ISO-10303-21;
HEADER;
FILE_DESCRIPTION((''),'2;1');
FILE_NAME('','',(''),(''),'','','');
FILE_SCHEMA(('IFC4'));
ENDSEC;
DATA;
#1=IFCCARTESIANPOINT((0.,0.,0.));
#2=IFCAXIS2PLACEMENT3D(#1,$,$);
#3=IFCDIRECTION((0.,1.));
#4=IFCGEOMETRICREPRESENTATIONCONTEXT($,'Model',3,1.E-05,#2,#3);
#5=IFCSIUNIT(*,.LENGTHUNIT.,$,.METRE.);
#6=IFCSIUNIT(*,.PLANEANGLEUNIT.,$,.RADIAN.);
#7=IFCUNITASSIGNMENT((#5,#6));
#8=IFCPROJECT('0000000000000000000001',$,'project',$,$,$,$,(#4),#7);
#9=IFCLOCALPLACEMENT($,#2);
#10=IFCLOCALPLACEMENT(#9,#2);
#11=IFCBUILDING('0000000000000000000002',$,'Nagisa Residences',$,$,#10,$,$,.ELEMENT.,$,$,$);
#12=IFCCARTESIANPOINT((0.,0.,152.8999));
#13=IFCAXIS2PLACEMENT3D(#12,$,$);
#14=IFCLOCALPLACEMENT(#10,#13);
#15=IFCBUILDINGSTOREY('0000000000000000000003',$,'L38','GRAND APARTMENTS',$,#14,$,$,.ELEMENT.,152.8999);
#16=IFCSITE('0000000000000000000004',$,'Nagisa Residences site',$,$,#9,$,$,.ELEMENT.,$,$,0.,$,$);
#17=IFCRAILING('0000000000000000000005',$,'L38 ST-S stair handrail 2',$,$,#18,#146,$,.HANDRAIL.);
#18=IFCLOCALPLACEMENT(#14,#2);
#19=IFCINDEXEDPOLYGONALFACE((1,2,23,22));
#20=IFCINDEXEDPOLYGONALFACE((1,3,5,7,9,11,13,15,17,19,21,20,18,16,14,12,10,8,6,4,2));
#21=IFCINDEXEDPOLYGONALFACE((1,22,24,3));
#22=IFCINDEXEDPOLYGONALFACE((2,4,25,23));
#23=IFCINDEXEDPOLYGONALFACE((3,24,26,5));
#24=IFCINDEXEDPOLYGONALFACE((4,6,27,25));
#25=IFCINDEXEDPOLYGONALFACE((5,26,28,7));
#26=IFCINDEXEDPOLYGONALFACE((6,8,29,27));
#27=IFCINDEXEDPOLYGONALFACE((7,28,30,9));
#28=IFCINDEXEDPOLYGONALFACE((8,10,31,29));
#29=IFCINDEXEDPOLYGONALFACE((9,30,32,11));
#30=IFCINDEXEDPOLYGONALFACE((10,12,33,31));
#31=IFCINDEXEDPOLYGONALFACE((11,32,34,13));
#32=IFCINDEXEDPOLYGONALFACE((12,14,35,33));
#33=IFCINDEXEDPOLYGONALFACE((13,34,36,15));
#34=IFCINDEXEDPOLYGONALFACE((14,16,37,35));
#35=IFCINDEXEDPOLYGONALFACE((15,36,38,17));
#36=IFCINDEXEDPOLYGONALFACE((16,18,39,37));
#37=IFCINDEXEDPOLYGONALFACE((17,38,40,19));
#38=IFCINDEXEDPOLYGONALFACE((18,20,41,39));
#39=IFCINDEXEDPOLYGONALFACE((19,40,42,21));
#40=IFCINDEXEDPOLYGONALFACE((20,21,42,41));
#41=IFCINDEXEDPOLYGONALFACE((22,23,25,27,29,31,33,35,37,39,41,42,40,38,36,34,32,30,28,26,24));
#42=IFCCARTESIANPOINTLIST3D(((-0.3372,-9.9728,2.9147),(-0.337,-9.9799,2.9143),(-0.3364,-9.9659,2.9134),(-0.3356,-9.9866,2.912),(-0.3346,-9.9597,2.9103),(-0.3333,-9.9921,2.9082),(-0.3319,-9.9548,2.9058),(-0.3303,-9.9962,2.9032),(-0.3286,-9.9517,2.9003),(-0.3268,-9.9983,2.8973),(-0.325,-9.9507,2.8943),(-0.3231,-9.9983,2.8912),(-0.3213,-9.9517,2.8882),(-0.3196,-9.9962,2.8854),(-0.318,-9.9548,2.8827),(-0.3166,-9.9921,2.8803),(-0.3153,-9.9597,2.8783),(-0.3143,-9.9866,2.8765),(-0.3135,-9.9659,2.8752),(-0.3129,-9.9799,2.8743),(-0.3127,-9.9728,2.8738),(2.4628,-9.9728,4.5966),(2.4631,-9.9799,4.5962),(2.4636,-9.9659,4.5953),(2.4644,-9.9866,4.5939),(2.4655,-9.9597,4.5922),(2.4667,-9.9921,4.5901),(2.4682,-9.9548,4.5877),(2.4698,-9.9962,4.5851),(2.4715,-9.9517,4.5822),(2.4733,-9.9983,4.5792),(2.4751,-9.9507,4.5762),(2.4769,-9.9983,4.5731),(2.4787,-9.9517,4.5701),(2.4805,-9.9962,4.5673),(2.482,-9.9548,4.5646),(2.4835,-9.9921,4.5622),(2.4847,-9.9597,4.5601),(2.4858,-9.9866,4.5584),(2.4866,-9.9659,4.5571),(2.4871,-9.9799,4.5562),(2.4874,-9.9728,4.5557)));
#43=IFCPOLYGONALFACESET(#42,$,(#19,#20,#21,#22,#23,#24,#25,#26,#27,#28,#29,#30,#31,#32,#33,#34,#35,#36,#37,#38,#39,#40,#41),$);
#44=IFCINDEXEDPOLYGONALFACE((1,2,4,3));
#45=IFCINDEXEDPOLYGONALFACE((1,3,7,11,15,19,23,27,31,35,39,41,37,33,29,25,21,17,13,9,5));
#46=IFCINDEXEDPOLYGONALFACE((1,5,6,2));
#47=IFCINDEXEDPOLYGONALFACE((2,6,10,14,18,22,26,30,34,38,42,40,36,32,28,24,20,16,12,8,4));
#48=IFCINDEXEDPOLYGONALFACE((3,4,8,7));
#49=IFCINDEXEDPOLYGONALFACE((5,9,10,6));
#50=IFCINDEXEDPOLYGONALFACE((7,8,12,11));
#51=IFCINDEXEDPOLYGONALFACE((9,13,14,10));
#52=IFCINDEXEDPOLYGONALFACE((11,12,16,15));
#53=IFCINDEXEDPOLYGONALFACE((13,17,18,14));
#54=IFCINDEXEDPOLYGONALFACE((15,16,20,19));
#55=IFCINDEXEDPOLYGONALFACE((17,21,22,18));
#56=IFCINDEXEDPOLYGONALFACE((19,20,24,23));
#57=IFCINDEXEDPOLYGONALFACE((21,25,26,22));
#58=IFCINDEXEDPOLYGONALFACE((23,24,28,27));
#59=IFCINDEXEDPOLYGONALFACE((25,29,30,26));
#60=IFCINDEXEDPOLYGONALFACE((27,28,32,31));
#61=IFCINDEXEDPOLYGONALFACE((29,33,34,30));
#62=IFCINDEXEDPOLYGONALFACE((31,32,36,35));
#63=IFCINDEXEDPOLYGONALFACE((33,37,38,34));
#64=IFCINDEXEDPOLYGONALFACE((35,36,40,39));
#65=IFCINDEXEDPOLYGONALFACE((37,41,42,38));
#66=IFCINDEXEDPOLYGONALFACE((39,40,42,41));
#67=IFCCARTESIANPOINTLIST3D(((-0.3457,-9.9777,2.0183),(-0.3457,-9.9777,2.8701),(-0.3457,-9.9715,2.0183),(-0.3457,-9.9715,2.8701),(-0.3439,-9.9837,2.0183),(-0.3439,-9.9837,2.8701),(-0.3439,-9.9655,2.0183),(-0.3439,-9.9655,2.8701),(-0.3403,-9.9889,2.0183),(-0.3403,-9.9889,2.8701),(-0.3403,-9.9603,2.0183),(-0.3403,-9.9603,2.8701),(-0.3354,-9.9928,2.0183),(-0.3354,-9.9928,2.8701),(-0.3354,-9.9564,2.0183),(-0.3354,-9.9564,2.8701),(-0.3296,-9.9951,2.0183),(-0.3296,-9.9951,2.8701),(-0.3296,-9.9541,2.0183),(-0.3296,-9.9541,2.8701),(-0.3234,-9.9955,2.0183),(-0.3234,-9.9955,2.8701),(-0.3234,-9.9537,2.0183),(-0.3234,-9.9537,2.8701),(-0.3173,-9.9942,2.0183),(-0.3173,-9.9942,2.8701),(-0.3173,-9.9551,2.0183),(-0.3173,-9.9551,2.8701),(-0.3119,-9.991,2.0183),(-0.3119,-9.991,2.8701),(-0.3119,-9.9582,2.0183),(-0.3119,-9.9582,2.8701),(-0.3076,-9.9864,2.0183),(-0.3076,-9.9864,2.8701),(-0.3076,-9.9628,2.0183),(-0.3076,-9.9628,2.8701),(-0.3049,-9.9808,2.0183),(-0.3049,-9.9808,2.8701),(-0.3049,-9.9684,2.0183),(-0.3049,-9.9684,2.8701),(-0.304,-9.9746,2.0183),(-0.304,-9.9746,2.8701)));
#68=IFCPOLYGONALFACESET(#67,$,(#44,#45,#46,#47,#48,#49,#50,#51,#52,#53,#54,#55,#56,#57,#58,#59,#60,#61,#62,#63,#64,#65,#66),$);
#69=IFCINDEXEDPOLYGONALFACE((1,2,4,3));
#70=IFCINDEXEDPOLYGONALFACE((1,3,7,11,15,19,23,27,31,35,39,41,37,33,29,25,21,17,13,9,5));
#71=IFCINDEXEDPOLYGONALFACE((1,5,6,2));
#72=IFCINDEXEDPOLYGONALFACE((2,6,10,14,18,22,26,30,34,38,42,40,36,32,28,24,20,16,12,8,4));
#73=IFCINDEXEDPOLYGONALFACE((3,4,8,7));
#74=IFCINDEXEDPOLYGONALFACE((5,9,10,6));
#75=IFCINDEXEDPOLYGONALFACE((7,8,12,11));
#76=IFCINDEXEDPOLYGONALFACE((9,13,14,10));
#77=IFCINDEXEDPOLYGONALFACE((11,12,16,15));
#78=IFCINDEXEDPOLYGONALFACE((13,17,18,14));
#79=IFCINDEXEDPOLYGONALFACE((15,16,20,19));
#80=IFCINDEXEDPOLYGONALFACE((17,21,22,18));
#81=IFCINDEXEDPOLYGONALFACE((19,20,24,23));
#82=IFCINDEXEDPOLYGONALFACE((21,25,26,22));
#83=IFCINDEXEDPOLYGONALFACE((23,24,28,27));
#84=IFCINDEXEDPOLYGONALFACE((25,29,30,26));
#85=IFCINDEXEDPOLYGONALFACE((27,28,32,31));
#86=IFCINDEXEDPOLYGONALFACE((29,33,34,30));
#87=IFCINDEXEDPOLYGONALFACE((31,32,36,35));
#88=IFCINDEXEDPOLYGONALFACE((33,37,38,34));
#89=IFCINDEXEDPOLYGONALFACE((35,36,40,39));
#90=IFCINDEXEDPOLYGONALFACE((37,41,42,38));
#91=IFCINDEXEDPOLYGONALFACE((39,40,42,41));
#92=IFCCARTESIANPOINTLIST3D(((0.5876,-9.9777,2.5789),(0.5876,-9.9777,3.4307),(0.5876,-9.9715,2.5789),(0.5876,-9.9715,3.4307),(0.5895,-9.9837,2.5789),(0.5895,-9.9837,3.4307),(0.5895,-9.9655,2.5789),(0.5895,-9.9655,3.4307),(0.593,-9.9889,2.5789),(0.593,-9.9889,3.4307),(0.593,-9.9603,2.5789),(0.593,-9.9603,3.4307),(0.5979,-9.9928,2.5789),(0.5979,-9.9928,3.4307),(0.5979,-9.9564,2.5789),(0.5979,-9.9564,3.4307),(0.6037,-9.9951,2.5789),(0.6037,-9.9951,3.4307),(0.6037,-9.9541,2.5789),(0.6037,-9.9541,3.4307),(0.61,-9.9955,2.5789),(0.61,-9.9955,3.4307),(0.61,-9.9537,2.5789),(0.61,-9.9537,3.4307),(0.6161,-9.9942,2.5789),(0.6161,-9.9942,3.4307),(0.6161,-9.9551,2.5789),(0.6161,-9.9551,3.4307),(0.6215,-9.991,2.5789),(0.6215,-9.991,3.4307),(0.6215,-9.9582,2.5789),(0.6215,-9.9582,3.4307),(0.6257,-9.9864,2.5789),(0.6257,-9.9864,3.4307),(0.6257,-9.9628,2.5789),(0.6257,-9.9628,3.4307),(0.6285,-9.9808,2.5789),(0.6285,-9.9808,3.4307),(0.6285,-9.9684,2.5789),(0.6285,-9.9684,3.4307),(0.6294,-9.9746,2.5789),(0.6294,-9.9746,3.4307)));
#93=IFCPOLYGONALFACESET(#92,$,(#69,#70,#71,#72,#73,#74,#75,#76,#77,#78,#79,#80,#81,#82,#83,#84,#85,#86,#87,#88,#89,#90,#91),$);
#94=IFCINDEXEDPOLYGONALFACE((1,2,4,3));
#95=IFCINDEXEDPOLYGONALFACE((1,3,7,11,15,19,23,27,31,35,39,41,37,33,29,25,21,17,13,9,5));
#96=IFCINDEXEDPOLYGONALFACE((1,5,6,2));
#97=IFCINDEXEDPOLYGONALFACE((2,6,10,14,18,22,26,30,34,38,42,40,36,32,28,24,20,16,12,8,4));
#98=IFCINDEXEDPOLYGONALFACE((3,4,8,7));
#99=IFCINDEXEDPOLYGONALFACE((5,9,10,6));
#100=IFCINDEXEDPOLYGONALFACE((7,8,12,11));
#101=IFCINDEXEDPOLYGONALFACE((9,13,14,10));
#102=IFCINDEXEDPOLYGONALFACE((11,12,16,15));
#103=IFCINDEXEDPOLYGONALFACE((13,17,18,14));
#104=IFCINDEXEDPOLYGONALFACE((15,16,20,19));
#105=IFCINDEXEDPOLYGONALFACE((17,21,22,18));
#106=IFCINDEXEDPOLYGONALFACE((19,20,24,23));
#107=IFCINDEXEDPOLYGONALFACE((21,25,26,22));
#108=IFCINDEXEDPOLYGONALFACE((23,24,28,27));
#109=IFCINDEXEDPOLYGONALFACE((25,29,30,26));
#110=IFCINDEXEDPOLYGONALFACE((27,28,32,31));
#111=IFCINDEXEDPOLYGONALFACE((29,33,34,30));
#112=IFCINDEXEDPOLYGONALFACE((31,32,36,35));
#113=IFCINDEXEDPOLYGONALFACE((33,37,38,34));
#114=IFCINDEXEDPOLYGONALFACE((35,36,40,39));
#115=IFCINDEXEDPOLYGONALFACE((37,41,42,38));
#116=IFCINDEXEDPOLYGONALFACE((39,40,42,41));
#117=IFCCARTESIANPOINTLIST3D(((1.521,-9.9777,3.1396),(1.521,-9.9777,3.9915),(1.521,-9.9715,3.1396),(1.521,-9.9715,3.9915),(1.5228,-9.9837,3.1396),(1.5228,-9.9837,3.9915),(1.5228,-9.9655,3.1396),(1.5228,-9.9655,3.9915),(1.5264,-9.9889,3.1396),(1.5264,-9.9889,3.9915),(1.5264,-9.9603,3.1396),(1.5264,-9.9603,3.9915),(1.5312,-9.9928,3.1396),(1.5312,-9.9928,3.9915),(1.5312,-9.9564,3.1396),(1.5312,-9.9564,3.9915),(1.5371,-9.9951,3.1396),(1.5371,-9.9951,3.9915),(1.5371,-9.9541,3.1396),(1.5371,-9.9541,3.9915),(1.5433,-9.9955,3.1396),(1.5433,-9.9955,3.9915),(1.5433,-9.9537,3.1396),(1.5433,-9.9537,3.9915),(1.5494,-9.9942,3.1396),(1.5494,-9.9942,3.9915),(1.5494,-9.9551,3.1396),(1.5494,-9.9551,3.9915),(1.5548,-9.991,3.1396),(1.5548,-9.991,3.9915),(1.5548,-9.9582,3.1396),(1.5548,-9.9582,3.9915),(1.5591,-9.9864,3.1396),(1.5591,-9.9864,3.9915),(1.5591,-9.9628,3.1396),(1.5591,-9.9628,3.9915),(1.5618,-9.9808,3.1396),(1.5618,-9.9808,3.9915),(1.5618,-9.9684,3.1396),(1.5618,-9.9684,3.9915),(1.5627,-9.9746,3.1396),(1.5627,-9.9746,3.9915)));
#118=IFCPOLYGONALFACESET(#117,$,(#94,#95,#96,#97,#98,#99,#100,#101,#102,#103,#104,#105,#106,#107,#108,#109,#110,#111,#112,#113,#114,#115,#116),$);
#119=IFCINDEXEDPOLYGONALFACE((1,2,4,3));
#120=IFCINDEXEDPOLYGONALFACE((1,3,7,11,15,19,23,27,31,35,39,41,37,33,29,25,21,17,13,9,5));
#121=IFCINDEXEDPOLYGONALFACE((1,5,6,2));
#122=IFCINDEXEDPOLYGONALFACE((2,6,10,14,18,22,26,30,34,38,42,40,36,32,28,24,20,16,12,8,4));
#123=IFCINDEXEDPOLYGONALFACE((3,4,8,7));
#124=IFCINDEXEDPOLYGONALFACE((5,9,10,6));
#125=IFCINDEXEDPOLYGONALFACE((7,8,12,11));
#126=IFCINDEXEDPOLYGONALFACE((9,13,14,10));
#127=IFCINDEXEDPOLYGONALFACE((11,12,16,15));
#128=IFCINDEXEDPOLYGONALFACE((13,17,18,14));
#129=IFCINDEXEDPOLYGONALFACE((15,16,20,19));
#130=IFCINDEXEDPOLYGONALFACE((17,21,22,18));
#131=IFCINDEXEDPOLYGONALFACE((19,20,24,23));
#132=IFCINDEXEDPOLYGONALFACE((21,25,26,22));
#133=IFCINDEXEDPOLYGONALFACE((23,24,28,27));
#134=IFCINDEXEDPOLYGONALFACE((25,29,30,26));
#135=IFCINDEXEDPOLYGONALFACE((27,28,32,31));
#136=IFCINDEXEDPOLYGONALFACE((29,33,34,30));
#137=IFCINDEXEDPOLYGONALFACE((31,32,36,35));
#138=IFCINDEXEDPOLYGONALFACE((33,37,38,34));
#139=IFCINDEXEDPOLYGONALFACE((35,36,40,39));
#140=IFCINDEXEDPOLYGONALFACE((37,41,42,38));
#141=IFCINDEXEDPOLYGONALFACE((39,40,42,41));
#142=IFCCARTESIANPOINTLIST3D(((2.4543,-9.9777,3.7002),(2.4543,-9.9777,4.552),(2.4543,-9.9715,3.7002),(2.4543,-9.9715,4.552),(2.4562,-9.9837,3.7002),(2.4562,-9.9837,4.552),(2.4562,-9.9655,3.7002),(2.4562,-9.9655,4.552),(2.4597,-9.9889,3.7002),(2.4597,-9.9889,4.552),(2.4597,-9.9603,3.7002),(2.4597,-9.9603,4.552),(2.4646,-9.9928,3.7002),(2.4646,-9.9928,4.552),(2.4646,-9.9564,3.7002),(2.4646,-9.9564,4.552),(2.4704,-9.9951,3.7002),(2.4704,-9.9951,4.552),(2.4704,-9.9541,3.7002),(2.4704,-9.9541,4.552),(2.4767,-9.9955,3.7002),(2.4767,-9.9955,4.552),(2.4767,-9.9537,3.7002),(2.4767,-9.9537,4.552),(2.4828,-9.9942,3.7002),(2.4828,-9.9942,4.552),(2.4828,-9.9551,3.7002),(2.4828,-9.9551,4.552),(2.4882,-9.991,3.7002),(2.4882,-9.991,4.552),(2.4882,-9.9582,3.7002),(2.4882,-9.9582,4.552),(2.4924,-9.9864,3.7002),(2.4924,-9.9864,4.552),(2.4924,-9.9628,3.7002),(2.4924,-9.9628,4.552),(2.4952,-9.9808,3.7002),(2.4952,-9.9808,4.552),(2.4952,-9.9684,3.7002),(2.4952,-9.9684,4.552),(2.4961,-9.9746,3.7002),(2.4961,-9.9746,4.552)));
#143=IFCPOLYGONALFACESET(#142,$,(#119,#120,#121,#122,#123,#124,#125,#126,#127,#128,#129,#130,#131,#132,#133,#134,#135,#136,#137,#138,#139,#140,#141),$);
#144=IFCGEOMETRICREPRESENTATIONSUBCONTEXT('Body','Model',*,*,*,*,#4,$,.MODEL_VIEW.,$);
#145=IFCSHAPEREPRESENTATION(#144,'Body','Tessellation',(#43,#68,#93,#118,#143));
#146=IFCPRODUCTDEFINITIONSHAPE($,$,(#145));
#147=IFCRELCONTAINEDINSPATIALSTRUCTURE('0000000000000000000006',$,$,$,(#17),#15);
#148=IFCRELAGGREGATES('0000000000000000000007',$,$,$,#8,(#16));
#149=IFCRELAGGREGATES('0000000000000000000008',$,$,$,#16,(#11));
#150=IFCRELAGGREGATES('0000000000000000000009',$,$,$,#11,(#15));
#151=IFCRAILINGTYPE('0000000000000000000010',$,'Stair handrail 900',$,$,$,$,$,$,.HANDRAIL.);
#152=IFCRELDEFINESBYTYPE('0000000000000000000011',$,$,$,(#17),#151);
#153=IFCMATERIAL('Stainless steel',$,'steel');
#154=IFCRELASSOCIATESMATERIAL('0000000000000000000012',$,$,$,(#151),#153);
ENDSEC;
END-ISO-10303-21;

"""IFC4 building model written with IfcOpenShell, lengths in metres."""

from ifc_helpers import new_model, si_unit, direction, frame, origin, origin_2d, place, context, subcontext, project, spatial, circle, extrude, material, type_object, element, save


model = new_model("IFC4")

# Units and contexts
model_context = context("Model", 3, precision=1e-05, world=origin(), true_north=direction((0.0, 1.0)))
body_context = subcontext(model_context, "Body", "Model", "MODEL_VIEW")
ifc_project = project(units=[si_unit("LENGTHUNIT", "METRE"), si_unit("PLANEANGLEUNIT", "RADIAN")], contexts=[model_context])

# Site, building, storey
site_placement = place(None, origin())
site = spatial("IfcSite", under=ifc_project, at=site_placement, Name="Nagisa Residences site", CompositionType="ELEMENT", RefElevation=0.0)
building_placement = place(site_placement, origin())
building = spatial("IfcBuilding", under=site, at=building_placement, Name="Nagisa Residences", CompositionType="ELEMENT")
storey_placement = place(building_placement, frame((0.0, 0.0, 152.8999)))
storey = spatial("IfcBuildingStorey", under=building, at=storey_placement, Name="L38", Description="GRAND APARTMENTS", CompositionType="ELEMENT", Elevation=152.8999)

# Railing
ifc_material_1 = material(Name="Stainless steel", Category="steel")
railing_type = type_object("IfcRailingType", Name="Stair handrail 900", PredefinedType="HANDRAIL", material=ifc_material_1)
railing_placement = place(storey_placement, frame((-0.325, -9.9746, 2.0183)))
element("IfcRailing", 1, at=railing_placement, inside=storey, type_object=railing_type, Name="L38 ST-S stair handrail 2", PredefinedType="HANDRAIL", context=body_context, shape_type="SweptSolid", body=[
    extrude(circle(Radius=0.0239, at=origin_2d()), frame((0.0, 0.0, 0.876), z_axis=(0.857242, 0.0, 0.514913), x_axis=(0.0, 1.0, 0.0)), (0.0, 0.0, 1.0), 3.2664),
    extrude(circle(Radius=0.021, at=origin_2d()), origin(), (0.0, 0.0, 1.0), 0.8518),
    extrude(circle(Radius=0.021, at=origin_2d()), frame((0.9333, 0.0, 0.5605)), (0.0, 0.0, 1.0), 0.8518),
    extrude(circle(Radius=0.021, at=origin_2d()), frame((1.8667, 0.0, 1.1213)), (0.0, 0.0, 1.0), 0.8518),
    extrude(circle(Radius=0.021, at=origin_2d()), frame((2.8, 0.0, 1.6819)), (0.0, 0.0, 1.0), 0.8518),
])

save(model, "model.ifc")
